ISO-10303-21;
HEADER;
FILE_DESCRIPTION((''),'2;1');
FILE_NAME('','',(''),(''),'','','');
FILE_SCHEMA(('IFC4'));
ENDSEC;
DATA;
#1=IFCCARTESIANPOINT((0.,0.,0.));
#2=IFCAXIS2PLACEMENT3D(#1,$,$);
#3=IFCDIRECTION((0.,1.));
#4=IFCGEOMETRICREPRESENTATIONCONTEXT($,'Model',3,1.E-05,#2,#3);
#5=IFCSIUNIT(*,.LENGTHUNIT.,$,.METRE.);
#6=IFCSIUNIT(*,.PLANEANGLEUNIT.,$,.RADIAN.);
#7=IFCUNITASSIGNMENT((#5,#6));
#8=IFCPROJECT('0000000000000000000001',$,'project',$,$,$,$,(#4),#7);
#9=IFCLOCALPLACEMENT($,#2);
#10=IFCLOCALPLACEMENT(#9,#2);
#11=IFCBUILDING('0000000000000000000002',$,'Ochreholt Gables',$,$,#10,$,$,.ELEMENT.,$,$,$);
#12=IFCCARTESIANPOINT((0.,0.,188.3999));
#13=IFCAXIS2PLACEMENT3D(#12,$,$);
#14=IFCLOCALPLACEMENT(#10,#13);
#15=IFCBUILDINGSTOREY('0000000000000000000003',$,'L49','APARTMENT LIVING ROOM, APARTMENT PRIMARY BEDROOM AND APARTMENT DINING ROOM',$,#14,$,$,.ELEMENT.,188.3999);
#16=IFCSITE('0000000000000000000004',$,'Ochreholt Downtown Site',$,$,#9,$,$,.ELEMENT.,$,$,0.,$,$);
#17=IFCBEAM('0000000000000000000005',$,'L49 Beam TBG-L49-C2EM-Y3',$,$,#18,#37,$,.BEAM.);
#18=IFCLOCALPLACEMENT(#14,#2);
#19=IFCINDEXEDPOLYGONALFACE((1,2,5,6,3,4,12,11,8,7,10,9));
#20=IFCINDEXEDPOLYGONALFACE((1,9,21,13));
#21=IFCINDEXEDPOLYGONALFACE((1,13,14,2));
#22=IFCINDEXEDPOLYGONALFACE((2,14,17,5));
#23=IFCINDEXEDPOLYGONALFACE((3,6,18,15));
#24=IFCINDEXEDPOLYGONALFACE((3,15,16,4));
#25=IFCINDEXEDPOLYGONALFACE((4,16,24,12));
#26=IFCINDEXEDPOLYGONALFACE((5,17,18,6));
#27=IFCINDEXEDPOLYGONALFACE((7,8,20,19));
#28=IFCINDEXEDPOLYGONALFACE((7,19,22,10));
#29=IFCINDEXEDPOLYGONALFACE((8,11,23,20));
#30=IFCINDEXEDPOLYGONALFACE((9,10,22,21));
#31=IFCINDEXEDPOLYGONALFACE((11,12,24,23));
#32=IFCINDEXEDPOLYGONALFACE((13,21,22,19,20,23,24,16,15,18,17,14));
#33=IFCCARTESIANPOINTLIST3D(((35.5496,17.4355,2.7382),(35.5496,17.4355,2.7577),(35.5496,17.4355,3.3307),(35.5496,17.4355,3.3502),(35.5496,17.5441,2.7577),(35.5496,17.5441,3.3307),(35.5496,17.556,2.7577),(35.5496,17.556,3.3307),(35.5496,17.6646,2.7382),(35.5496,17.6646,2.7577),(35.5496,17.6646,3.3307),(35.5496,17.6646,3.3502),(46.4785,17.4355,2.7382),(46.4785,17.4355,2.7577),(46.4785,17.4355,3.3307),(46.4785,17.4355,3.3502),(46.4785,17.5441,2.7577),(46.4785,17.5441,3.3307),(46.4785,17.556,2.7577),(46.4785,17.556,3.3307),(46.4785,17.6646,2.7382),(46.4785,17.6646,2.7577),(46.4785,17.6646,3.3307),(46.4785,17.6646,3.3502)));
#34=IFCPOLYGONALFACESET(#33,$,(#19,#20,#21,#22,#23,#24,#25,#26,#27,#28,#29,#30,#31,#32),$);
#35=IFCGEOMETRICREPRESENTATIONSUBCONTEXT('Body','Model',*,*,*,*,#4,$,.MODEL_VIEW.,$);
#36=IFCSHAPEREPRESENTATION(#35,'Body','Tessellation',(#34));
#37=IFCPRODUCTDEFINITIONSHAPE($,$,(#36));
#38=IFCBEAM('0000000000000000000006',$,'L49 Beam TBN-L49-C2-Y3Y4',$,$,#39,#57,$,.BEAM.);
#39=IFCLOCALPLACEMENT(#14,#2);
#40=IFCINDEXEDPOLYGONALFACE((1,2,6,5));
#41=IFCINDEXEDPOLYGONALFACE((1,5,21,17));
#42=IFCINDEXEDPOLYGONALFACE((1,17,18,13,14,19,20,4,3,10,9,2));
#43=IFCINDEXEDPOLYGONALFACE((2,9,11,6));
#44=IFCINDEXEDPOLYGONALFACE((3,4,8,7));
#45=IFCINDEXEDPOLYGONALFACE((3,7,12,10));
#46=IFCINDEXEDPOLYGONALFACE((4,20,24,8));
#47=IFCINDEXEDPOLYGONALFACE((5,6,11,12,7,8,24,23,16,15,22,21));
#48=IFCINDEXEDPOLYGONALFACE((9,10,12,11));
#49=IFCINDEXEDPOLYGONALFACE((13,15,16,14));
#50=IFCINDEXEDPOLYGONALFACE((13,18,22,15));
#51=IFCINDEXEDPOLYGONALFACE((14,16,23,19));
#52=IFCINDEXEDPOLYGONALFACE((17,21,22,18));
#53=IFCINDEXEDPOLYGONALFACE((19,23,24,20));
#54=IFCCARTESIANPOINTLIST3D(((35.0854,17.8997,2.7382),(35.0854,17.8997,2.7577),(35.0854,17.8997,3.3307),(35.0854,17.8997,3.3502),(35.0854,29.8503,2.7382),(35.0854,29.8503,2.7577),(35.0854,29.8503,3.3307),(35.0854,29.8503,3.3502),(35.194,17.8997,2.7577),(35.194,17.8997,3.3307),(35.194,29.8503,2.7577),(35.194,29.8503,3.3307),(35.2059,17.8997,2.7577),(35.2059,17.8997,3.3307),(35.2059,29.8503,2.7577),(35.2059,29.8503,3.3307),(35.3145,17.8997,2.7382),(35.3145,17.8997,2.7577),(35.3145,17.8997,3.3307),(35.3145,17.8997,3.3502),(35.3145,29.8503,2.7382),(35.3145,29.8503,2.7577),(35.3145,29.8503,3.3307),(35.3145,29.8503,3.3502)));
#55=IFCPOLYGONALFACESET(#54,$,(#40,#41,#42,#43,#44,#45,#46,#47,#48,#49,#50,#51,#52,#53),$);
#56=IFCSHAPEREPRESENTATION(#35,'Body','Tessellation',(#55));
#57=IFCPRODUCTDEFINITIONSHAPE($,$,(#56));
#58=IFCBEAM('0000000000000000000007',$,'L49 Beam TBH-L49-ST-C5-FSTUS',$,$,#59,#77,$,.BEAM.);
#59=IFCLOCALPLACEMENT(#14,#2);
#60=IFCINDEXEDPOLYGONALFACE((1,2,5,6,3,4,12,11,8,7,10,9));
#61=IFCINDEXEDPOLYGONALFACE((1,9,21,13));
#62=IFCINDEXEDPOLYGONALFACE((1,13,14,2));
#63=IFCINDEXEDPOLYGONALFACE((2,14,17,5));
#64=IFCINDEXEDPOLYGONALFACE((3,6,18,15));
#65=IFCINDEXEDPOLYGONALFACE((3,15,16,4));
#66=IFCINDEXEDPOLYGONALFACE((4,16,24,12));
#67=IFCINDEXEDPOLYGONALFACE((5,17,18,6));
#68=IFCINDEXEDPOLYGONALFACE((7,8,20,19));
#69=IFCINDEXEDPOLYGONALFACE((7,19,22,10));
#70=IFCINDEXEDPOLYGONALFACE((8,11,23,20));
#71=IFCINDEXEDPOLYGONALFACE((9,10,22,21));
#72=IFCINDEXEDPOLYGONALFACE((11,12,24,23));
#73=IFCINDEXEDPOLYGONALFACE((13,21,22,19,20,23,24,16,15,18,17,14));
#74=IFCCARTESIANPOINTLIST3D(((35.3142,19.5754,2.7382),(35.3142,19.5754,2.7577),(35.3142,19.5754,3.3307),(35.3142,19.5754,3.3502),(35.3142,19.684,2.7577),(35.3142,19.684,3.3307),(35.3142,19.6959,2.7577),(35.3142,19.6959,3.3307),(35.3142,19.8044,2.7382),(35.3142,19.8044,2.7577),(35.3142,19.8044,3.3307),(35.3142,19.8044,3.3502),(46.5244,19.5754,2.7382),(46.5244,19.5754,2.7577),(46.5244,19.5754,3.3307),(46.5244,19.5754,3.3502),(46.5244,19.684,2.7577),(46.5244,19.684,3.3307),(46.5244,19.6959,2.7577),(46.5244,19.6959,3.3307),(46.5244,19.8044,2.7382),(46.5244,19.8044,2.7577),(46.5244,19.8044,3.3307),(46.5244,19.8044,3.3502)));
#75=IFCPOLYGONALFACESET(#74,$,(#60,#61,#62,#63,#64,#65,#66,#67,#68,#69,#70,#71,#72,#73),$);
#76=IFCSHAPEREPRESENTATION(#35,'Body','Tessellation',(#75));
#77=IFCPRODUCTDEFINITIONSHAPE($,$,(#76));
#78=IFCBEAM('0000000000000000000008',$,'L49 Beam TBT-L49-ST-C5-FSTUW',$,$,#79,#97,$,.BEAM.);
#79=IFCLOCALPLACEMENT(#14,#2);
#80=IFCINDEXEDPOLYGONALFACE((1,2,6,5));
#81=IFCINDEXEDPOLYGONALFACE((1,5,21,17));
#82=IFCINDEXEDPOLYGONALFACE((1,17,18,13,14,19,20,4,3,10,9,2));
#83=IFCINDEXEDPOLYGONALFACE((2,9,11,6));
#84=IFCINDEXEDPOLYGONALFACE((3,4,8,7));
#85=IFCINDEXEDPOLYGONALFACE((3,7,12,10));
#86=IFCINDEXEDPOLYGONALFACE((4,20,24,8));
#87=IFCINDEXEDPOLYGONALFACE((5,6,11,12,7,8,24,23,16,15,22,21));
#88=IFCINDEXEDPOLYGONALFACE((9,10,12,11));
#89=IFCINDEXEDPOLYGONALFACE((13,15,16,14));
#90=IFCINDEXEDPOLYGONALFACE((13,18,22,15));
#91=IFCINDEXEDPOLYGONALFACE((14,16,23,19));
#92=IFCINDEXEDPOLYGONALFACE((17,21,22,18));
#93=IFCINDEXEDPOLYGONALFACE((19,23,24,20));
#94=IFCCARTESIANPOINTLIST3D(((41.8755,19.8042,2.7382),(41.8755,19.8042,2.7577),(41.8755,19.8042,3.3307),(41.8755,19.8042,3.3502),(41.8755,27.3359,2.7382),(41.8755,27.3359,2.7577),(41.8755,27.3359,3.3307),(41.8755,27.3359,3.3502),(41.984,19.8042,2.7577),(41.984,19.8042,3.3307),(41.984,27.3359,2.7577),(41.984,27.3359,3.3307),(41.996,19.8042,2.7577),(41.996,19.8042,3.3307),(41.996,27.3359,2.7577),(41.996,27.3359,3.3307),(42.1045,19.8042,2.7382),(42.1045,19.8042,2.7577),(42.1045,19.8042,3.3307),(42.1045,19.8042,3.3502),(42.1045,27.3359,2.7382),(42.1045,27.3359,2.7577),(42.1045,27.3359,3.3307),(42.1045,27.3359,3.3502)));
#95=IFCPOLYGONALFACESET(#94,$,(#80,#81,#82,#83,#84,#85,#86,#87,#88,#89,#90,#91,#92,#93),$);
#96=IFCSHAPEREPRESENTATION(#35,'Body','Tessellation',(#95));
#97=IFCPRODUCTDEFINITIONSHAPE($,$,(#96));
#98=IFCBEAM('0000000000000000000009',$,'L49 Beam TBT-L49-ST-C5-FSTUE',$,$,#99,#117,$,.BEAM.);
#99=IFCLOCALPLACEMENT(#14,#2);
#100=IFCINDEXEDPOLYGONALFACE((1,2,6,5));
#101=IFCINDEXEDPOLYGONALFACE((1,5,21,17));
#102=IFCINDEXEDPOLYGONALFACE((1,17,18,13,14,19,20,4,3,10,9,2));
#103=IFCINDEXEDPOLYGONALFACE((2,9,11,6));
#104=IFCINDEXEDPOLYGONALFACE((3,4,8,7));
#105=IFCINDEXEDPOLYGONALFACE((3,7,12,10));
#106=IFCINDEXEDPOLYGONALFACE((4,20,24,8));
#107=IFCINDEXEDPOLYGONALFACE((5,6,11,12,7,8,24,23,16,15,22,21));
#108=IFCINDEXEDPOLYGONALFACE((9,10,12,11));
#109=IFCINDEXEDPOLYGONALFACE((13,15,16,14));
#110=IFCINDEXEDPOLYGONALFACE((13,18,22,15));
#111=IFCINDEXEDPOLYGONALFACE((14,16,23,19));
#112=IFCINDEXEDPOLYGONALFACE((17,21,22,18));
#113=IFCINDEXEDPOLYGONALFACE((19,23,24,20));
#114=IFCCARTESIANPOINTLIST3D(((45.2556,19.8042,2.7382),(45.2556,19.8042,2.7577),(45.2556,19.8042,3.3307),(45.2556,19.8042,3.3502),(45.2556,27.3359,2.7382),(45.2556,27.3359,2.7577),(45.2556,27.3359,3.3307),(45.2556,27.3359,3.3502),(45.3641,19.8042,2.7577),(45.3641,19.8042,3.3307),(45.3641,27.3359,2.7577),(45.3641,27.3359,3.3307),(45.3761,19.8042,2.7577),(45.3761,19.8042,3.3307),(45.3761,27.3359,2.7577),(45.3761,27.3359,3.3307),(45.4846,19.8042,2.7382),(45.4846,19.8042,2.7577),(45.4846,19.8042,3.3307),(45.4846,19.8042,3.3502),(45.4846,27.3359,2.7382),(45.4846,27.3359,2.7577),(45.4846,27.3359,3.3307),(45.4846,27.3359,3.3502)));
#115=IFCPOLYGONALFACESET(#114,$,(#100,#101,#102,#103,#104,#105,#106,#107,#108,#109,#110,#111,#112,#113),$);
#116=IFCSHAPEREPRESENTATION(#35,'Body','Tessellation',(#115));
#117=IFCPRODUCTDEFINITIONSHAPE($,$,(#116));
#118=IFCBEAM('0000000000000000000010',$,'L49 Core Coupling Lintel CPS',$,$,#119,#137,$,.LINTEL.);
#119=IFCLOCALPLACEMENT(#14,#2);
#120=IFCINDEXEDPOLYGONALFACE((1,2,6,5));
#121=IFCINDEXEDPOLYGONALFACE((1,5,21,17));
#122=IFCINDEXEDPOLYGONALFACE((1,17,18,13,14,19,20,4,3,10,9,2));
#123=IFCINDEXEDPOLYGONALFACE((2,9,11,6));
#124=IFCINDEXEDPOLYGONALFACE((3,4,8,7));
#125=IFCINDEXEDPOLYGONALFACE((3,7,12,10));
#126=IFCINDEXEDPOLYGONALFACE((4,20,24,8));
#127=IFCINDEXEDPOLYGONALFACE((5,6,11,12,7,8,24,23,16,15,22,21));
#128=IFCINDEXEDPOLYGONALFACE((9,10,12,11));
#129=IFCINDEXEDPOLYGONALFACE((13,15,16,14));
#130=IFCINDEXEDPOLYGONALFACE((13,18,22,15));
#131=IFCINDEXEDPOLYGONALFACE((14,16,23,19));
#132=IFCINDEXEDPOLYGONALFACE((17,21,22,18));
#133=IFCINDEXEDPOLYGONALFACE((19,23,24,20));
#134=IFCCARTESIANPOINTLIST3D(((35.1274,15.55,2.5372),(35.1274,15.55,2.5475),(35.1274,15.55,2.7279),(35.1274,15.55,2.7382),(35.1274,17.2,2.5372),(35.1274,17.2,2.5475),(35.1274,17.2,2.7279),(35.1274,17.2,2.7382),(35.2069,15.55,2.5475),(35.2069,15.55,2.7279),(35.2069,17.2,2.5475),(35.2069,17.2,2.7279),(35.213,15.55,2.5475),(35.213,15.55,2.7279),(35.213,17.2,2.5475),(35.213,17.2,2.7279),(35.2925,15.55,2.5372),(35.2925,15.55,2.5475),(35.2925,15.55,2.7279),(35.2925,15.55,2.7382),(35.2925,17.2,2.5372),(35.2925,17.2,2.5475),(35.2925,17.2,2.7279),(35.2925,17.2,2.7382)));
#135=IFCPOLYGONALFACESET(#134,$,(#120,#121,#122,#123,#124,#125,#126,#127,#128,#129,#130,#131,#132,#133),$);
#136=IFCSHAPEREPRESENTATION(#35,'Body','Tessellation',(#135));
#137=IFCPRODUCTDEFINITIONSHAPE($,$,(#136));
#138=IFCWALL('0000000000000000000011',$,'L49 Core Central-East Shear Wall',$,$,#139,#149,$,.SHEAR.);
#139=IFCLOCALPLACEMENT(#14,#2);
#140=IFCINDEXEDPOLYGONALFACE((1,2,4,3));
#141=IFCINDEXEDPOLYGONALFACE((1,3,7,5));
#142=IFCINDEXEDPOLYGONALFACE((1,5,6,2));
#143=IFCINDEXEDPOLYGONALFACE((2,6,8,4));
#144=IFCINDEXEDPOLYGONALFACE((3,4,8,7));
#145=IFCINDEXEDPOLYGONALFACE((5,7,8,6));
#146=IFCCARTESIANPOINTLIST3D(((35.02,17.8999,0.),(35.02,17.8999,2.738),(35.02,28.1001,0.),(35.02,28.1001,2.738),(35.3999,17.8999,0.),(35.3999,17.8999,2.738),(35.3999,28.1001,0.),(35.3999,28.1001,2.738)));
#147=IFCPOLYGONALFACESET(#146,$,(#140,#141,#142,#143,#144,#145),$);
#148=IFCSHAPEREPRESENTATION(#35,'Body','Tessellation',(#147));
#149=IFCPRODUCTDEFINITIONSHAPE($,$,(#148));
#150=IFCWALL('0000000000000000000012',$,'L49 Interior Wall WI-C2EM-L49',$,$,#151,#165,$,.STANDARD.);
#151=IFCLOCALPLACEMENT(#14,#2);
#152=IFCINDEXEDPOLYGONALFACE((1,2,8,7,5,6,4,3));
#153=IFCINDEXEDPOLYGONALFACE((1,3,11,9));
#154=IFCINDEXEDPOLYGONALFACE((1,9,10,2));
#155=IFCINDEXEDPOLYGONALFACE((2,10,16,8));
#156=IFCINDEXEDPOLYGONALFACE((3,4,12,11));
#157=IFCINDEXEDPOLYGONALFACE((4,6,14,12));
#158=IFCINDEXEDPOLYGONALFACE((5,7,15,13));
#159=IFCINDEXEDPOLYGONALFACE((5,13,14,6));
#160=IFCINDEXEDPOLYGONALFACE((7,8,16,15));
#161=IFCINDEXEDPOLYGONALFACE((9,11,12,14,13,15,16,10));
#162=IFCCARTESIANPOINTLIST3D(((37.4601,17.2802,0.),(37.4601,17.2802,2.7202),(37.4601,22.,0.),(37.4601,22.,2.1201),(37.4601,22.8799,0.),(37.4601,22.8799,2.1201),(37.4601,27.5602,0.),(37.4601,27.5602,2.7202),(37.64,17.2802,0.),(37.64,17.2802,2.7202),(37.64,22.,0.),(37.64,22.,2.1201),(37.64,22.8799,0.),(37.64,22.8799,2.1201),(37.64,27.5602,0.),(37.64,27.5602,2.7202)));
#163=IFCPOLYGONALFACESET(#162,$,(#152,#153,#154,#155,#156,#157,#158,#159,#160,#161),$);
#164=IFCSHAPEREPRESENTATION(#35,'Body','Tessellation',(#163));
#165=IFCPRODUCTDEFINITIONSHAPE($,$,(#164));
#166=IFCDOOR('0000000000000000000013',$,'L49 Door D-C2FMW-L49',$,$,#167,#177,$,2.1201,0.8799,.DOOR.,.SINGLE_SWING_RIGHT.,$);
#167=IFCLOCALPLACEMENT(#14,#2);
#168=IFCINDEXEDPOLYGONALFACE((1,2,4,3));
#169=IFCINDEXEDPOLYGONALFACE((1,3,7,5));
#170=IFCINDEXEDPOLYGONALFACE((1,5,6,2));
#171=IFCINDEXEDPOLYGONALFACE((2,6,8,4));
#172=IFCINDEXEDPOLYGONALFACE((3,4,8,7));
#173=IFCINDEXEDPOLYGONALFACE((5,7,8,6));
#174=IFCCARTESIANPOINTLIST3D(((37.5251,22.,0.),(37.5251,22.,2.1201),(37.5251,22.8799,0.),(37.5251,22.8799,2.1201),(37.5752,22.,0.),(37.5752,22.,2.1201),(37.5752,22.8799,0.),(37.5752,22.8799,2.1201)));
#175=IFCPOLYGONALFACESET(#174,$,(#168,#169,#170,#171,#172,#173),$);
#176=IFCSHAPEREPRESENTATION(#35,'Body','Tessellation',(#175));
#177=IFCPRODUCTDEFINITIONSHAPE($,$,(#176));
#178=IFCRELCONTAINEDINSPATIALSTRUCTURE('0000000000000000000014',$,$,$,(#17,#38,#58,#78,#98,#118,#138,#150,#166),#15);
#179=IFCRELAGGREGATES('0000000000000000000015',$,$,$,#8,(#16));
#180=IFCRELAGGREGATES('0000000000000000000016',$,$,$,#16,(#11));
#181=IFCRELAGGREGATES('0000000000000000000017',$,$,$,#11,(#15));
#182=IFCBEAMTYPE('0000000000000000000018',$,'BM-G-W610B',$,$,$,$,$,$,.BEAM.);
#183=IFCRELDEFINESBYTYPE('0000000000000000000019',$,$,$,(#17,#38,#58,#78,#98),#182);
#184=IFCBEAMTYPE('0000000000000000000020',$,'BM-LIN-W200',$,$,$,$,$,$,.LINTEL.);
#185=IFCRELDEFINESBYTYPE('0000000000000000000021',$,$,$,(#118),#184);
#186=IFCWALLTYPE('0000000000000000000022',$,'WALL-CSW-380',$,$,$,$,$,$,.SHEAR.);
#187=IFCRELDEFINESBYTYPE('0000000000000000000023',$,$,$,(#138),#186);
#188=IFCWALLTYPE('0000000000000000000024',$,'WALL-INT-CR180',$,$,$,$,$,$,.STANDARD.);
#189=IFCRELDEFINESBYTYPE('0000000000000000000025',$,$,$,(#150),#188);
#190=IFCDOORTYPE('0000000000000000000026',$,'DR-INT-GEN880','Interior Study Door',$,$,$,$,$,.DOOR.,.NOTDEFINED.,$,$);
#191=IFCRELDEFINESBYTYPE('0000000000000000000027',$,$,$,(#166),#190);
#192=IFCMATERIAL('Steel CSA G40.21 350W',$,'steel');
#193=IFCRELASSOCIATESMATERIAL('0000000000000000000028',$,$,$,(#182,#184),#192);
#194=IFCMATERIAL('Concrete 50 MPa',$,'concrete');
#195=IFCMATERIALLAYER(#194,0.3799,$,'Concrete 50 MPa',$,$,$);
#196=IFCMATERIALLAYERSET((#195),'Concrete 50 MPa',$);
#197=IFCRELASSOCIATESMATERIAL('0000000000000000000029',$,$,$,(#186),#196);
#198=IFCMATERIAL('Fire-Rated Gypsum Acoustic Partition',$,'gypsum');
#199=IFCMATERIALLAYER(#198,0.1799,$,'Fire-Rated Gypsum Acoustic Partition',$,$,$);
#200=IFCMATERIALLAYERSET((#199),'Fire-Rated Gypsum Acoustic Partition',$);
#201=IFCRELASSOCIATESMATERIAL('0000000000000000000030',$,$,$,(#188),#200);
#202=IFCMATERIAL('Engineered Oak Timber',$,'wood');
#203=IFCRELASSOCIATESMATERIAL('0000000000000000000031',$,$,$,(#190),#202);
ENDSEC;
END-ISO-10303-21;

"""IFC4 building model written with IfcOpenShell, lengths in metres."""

from ifc_helpers import new_model, si_unit, direction, frame, frame_2d, origin, origin_2d, place, context, subcontext, project, spatial, rectangle, i_section, extrude, material, layer, layer_set, material_profile, profile_set, type_object, element, fill, save


model = new_model("IFC4")

# Units and contexts
model_context = context("Model", 3, precision=1e-05, world=origin(), true_north=direction((0.0, 1.0)))
body_context = subcontext(model_context, "Body", "Model", "MODEL_VIEW")
ifc_project = project(units=[si_unit("LENGTHUNIT", "METRE"), si_unit("PLANEANGLEUNIT", "RADIAN")], contexts=[model_context])

# Site, building, storey
site_placement = place(None, origin())
site = spatial("IfcSite", under=ifc_project, at=site_placement, Name="Ochreholt Downtown Site", CompositionType="ELEMENT", RefElevation=0.0)
building_placement = place(site_placement, origin())
building = spatial("IfcBuilding", under=site, at=building_placement, Name="Ochreholt Gables", CompositionType="ELEMENT")
storey_placement = place(building_placement, frame((0.0, 0.0, 188.3999)))
storey = spatial("IfcBuildingStorey", under=building, at=storey_placement, Name="L49", Description="APARTMENT LIVING ROOM, APARTMENT PRIMARY BEDROOM AND APARTMENT DINING ROOM", CompositionType="ELEMENT", Elevation=188.3999)

# Beams
ifc_material_1 = material(Name="Steel CSA G40.21 350W", Category="steel")
ifc_material_profile_1 = material_profile(ifc_material_1, i_section(OverallWidth=0.229, OverallDepth=0.6121, WebThickness=0.012, FlangeThickness=0.0195, at=origin_2d()), Name="W610X125")
ifc_profile_set_1 = profile_set([ifc_material_profile_1], Name="Steel CSA G40.21 350W")
beam_type_1 = type_object("IfcBeamType", Name="BM-G-W610B", PredefinedType="BEAM", material=ifc_profile_set_1)
beam_1_placement = place(storey_placement, frame((35.5496, 17.55, 3.0442), z_axis=(1.0, 0.0, 0.0), x_axis=(0.0, 1.0, 0.0)))
element("IfcBeam", 1, at=beam_1_placement, inside=storey, type_object=beam_type_1, Name="L49 Beam TBG-L49-C2EM-Y3", PredefinedType="BEAM", context=body_context, shape_type="SweptSolid", body=[
    extrude(i_section(OverallWidth=0.229, OverallDepth=0.6121, WebThickness=0.012, FlangeThickness=0.0195, at=origin_2d()), origin(), (0.0, 0.0, 1.0), 10.929),
])
beam_2_placement = place(storey_placement, frame((35.2, 17.8997, 3.0442), z_axis=(0.0, 1.0, 0.0), x_axis=(-1.0, 0.0, 0.0)))
element("IfcBeam", 2, at=beam_2_placement, inside=storey, type_object=beam_type_1, Name="L49 Beam TBN-L49-C2-Y3Y4", PredefinedType="BEAM", context=body_context, shape_type="SweptSolid", body=[
    extrude(i_section(OverallWidth=0.229, OverallDepth=0.6121, WebThickness=0.012, FlangeThickness=0.0195, at=origin_2d()), origin(), (0.0, 0.0, 1.0), 11.9507),
])
beam_3_placement = place(storey_placement, frame((35.3142, 19.6899, 3.0442), z_axis=(1.0, 0.0, 0.0), x_axis=(0.0, 1.0, 0.0)))
element("IfcBeam", 3, at=beam_3_placement, inside=storey, type_object=beam_type_1, Name="L49 Beam TBH-L49-ST-C5-FSTUS", PredefinedType="BEAM", context=body_context, shape_type="SweptSolid", body=[
    extrude(i_section(OverallWidth=0.229, OverallDepth=0.6121, WebThickness=0.012, FlangeThickness=0.0195, at=origin_2d()), origin(), (0.0, 0.0, 1.0), 11.2102),
])
for number, where, z_axis, x_axis, name in (
    (4, (41.99, 19.8042, 3.0442), (0.0, 1.0, 0.0), (-1.0, 0.0, 0.0), "L49 Beam TBT-L49-ST-C5-FSTUW"),
    (5, (45.3701, 19.8042, 3.0442), (0.0, 1.0, 0.0), (-1.0, 0.0, 0.0), "L49 Beam TBT-L49-ST-C5-FSTUE"),
):
    element("IfcBeam", number, at=place(storey_placement, frame(where, z_axis=z_axis, x_axis=x_axis)), inside=storey, type_object=beam_type_1, Name=name, PredefinedType="BEAM", context=body_context, shape_type="SweptSolid", body=[
        extrude(i_section(OverallWidth=0.229, OverallDepth=0.6121, WebThickness=0.012, FlangeThickness=0.0195, at=origin_2d()), origin(), (0.0, 0.0, 1.0), 7.5317),
    ])
ifc_material_profile_2 = material_profile(ifc_material_1, i_section(OverallWidth=0.165, OverallDepth=0.2009, WebThickness=0.0061, FlangeThickness=0.0103, at=origin_2d()), Name="W200X36")
ifc_profile_set_2 = profile_set([ifc_material_profile_2], Name="Steel CSA G40.21 350W")
beam_type_2 = type_object("IfcBeamType", Name="BM-LIN-W200", PredefinedType="LINTEL", material=ifc_profile_set_2)
beam_4_placement = place(storey_placement, frame((35.21, 15.55, 2.6377), z_axis=(0.0, 1.0, 0.0), x_axis=(-1.0, 0.0, 0.0)))
element("IfcBeam", 6, at=beam_4_placement, inside=storey, type_object=beam_type_2, Name="L49 Core Coupling Lintel CPS", PredefinedType="LINTEL", context=body_context, shape_type="SweptSolid", body=[
    extrude(i_section(OverallWidth=0.165, OverallDepth=0.2009, WebThickness=0.0061, FlangeThickness=0.0103, at=origin_2d()), origin(), (0.0, 0.0, 1.0), 1.6499),
])

# Wall
ifc_material_2 = material(Name="Concrete 50 MPa", Category="concrete")
ifc_layer_1 = layer(ifc_material_2, 0.3799, Name="Concrete 50 MPa")
ifc_layer_set_1 = layer_set([ifc_layer_1], Name="Concrete 50 MPa")
wall_type_1 = type_object("IfcWallType", Name="WALL-CSW-380", PredefinedType="SHEAR", material=ifc_layer_set_1)
wall_1_placement = place(storey_placement, frame((35.21, 17.8999, 0.0), z_axis=(0.0, 0.0, 1.0), x_axis=(0.0, 1.0, 0.0)))
element("IfcWall", 7, at=wall_1_placement, inside=storey, type_object=wall_type_1, Name="L49 Core Central-East Shear Wall", PredefinedType="SHEAR", context=body_context, shape_type="SweptSolid", body=[
    extrude(rectangle(XDim=10.2002, YDim=0.3799, at=frame_2d((5.1001, 0.0))), origin(), (0.0, 0.0, 1.0), 2.738),
])

# Wall, opening, door
ifc_material_3 = material(Name="Fire-Rated Gypsum Acoustic Partition", Category="gypsum")
ifc_layer_2 = layer(ifc_material_3, 0.1799, Name="Fire-Rated Gypsum Acoustic Partition")
ifc_layer_set_2 = layer_set([ifc_layer_2], Name="Fire-Rated Gypsum Acoustic Partition")
wall_type_2 = type_object("IfcWallType", Name="WALL-INT-CR180", PredefinedType="STANDARD", material=ifc_layer_set_2)
wall_2_placement = place(storey_placement, frame((37.55, 17.28, 0.0), z_axis=(0.0, 0.0, 1.0), x_axis=(0.0, 1.0, 0.0)))
wall_2 = element("IfcWall", 8, at=wall_2_placement, inside=storey, type_object=wall_type_2, Name="L49 Interior Wall WI-C2EM-L49", PredefinedType="STANDARD", context=body_context, shape_type="SweptSolid", body=[
    extrude(rectangle(XDim=10.28, YDim=0.1799, at=frame_2d((5.1401, 0.0))), origin(), (0.0, 0.0, 1.0), 2.7202),
])
opening_1_placement = place(wall_2_placement, frame((4.72, 0.0, 0.0)))
opening_1 = element("IfcOpeningElement", 9, at=opening_1_placement, cuts=wall_2, PredefinedType="OPENING", context=body_context, shape_type="SweptSolid", body=[
    extrude(rectangle(XDim=0.8799, YDim=2.1201, at=frame_2d((0.4399, 1.0601))), frame((0.0, 0.0999, 0.0), z_axis=(0.0, -1.0, 0.0), x_axis=(1.0, 0.0, 0.0)), (0.0, 0.0, 1.0), 0.2),
])
ifc_material_4 = material(Name="Engineered Oak Timber", Category="wood")
door_type_1 = type_object("IfcDoorType", Name="DR-INT-GEN880", Description="Interior Study Door", OperationType="NOTDEFINED", PredefinedType="DOOR", material=ifc_material_4)
door_1_placement = place(opening_1_placement, origin())
door_1 = element("IfcDoor", 10, at=door_1_placement, inside=storey, type_object=door_type_1, Name="L49 Door D-C2FMW-L49", OperationType="SINGLE_SWING_RIGHT", OverallHeight=2.1201, OverallWidth=0.8799, PredefinedType="DOOR", context=body_context, shape_type="SweptSolid", body=[
    extrude(rectangle(XDim=0.8799, YDim=2.1201, at=frame_2d((0.4399, 1.0601))), frame((0.0, 0.0249, 0.0), z_axis=(0.0, -1.0, 0.0), x_axis=(1.0, 0.0, 0.0)), (0.0, 0.0, 1.0), 0.05),
])
fill(opening_1, door_1)

save(model, "model.ifc")
